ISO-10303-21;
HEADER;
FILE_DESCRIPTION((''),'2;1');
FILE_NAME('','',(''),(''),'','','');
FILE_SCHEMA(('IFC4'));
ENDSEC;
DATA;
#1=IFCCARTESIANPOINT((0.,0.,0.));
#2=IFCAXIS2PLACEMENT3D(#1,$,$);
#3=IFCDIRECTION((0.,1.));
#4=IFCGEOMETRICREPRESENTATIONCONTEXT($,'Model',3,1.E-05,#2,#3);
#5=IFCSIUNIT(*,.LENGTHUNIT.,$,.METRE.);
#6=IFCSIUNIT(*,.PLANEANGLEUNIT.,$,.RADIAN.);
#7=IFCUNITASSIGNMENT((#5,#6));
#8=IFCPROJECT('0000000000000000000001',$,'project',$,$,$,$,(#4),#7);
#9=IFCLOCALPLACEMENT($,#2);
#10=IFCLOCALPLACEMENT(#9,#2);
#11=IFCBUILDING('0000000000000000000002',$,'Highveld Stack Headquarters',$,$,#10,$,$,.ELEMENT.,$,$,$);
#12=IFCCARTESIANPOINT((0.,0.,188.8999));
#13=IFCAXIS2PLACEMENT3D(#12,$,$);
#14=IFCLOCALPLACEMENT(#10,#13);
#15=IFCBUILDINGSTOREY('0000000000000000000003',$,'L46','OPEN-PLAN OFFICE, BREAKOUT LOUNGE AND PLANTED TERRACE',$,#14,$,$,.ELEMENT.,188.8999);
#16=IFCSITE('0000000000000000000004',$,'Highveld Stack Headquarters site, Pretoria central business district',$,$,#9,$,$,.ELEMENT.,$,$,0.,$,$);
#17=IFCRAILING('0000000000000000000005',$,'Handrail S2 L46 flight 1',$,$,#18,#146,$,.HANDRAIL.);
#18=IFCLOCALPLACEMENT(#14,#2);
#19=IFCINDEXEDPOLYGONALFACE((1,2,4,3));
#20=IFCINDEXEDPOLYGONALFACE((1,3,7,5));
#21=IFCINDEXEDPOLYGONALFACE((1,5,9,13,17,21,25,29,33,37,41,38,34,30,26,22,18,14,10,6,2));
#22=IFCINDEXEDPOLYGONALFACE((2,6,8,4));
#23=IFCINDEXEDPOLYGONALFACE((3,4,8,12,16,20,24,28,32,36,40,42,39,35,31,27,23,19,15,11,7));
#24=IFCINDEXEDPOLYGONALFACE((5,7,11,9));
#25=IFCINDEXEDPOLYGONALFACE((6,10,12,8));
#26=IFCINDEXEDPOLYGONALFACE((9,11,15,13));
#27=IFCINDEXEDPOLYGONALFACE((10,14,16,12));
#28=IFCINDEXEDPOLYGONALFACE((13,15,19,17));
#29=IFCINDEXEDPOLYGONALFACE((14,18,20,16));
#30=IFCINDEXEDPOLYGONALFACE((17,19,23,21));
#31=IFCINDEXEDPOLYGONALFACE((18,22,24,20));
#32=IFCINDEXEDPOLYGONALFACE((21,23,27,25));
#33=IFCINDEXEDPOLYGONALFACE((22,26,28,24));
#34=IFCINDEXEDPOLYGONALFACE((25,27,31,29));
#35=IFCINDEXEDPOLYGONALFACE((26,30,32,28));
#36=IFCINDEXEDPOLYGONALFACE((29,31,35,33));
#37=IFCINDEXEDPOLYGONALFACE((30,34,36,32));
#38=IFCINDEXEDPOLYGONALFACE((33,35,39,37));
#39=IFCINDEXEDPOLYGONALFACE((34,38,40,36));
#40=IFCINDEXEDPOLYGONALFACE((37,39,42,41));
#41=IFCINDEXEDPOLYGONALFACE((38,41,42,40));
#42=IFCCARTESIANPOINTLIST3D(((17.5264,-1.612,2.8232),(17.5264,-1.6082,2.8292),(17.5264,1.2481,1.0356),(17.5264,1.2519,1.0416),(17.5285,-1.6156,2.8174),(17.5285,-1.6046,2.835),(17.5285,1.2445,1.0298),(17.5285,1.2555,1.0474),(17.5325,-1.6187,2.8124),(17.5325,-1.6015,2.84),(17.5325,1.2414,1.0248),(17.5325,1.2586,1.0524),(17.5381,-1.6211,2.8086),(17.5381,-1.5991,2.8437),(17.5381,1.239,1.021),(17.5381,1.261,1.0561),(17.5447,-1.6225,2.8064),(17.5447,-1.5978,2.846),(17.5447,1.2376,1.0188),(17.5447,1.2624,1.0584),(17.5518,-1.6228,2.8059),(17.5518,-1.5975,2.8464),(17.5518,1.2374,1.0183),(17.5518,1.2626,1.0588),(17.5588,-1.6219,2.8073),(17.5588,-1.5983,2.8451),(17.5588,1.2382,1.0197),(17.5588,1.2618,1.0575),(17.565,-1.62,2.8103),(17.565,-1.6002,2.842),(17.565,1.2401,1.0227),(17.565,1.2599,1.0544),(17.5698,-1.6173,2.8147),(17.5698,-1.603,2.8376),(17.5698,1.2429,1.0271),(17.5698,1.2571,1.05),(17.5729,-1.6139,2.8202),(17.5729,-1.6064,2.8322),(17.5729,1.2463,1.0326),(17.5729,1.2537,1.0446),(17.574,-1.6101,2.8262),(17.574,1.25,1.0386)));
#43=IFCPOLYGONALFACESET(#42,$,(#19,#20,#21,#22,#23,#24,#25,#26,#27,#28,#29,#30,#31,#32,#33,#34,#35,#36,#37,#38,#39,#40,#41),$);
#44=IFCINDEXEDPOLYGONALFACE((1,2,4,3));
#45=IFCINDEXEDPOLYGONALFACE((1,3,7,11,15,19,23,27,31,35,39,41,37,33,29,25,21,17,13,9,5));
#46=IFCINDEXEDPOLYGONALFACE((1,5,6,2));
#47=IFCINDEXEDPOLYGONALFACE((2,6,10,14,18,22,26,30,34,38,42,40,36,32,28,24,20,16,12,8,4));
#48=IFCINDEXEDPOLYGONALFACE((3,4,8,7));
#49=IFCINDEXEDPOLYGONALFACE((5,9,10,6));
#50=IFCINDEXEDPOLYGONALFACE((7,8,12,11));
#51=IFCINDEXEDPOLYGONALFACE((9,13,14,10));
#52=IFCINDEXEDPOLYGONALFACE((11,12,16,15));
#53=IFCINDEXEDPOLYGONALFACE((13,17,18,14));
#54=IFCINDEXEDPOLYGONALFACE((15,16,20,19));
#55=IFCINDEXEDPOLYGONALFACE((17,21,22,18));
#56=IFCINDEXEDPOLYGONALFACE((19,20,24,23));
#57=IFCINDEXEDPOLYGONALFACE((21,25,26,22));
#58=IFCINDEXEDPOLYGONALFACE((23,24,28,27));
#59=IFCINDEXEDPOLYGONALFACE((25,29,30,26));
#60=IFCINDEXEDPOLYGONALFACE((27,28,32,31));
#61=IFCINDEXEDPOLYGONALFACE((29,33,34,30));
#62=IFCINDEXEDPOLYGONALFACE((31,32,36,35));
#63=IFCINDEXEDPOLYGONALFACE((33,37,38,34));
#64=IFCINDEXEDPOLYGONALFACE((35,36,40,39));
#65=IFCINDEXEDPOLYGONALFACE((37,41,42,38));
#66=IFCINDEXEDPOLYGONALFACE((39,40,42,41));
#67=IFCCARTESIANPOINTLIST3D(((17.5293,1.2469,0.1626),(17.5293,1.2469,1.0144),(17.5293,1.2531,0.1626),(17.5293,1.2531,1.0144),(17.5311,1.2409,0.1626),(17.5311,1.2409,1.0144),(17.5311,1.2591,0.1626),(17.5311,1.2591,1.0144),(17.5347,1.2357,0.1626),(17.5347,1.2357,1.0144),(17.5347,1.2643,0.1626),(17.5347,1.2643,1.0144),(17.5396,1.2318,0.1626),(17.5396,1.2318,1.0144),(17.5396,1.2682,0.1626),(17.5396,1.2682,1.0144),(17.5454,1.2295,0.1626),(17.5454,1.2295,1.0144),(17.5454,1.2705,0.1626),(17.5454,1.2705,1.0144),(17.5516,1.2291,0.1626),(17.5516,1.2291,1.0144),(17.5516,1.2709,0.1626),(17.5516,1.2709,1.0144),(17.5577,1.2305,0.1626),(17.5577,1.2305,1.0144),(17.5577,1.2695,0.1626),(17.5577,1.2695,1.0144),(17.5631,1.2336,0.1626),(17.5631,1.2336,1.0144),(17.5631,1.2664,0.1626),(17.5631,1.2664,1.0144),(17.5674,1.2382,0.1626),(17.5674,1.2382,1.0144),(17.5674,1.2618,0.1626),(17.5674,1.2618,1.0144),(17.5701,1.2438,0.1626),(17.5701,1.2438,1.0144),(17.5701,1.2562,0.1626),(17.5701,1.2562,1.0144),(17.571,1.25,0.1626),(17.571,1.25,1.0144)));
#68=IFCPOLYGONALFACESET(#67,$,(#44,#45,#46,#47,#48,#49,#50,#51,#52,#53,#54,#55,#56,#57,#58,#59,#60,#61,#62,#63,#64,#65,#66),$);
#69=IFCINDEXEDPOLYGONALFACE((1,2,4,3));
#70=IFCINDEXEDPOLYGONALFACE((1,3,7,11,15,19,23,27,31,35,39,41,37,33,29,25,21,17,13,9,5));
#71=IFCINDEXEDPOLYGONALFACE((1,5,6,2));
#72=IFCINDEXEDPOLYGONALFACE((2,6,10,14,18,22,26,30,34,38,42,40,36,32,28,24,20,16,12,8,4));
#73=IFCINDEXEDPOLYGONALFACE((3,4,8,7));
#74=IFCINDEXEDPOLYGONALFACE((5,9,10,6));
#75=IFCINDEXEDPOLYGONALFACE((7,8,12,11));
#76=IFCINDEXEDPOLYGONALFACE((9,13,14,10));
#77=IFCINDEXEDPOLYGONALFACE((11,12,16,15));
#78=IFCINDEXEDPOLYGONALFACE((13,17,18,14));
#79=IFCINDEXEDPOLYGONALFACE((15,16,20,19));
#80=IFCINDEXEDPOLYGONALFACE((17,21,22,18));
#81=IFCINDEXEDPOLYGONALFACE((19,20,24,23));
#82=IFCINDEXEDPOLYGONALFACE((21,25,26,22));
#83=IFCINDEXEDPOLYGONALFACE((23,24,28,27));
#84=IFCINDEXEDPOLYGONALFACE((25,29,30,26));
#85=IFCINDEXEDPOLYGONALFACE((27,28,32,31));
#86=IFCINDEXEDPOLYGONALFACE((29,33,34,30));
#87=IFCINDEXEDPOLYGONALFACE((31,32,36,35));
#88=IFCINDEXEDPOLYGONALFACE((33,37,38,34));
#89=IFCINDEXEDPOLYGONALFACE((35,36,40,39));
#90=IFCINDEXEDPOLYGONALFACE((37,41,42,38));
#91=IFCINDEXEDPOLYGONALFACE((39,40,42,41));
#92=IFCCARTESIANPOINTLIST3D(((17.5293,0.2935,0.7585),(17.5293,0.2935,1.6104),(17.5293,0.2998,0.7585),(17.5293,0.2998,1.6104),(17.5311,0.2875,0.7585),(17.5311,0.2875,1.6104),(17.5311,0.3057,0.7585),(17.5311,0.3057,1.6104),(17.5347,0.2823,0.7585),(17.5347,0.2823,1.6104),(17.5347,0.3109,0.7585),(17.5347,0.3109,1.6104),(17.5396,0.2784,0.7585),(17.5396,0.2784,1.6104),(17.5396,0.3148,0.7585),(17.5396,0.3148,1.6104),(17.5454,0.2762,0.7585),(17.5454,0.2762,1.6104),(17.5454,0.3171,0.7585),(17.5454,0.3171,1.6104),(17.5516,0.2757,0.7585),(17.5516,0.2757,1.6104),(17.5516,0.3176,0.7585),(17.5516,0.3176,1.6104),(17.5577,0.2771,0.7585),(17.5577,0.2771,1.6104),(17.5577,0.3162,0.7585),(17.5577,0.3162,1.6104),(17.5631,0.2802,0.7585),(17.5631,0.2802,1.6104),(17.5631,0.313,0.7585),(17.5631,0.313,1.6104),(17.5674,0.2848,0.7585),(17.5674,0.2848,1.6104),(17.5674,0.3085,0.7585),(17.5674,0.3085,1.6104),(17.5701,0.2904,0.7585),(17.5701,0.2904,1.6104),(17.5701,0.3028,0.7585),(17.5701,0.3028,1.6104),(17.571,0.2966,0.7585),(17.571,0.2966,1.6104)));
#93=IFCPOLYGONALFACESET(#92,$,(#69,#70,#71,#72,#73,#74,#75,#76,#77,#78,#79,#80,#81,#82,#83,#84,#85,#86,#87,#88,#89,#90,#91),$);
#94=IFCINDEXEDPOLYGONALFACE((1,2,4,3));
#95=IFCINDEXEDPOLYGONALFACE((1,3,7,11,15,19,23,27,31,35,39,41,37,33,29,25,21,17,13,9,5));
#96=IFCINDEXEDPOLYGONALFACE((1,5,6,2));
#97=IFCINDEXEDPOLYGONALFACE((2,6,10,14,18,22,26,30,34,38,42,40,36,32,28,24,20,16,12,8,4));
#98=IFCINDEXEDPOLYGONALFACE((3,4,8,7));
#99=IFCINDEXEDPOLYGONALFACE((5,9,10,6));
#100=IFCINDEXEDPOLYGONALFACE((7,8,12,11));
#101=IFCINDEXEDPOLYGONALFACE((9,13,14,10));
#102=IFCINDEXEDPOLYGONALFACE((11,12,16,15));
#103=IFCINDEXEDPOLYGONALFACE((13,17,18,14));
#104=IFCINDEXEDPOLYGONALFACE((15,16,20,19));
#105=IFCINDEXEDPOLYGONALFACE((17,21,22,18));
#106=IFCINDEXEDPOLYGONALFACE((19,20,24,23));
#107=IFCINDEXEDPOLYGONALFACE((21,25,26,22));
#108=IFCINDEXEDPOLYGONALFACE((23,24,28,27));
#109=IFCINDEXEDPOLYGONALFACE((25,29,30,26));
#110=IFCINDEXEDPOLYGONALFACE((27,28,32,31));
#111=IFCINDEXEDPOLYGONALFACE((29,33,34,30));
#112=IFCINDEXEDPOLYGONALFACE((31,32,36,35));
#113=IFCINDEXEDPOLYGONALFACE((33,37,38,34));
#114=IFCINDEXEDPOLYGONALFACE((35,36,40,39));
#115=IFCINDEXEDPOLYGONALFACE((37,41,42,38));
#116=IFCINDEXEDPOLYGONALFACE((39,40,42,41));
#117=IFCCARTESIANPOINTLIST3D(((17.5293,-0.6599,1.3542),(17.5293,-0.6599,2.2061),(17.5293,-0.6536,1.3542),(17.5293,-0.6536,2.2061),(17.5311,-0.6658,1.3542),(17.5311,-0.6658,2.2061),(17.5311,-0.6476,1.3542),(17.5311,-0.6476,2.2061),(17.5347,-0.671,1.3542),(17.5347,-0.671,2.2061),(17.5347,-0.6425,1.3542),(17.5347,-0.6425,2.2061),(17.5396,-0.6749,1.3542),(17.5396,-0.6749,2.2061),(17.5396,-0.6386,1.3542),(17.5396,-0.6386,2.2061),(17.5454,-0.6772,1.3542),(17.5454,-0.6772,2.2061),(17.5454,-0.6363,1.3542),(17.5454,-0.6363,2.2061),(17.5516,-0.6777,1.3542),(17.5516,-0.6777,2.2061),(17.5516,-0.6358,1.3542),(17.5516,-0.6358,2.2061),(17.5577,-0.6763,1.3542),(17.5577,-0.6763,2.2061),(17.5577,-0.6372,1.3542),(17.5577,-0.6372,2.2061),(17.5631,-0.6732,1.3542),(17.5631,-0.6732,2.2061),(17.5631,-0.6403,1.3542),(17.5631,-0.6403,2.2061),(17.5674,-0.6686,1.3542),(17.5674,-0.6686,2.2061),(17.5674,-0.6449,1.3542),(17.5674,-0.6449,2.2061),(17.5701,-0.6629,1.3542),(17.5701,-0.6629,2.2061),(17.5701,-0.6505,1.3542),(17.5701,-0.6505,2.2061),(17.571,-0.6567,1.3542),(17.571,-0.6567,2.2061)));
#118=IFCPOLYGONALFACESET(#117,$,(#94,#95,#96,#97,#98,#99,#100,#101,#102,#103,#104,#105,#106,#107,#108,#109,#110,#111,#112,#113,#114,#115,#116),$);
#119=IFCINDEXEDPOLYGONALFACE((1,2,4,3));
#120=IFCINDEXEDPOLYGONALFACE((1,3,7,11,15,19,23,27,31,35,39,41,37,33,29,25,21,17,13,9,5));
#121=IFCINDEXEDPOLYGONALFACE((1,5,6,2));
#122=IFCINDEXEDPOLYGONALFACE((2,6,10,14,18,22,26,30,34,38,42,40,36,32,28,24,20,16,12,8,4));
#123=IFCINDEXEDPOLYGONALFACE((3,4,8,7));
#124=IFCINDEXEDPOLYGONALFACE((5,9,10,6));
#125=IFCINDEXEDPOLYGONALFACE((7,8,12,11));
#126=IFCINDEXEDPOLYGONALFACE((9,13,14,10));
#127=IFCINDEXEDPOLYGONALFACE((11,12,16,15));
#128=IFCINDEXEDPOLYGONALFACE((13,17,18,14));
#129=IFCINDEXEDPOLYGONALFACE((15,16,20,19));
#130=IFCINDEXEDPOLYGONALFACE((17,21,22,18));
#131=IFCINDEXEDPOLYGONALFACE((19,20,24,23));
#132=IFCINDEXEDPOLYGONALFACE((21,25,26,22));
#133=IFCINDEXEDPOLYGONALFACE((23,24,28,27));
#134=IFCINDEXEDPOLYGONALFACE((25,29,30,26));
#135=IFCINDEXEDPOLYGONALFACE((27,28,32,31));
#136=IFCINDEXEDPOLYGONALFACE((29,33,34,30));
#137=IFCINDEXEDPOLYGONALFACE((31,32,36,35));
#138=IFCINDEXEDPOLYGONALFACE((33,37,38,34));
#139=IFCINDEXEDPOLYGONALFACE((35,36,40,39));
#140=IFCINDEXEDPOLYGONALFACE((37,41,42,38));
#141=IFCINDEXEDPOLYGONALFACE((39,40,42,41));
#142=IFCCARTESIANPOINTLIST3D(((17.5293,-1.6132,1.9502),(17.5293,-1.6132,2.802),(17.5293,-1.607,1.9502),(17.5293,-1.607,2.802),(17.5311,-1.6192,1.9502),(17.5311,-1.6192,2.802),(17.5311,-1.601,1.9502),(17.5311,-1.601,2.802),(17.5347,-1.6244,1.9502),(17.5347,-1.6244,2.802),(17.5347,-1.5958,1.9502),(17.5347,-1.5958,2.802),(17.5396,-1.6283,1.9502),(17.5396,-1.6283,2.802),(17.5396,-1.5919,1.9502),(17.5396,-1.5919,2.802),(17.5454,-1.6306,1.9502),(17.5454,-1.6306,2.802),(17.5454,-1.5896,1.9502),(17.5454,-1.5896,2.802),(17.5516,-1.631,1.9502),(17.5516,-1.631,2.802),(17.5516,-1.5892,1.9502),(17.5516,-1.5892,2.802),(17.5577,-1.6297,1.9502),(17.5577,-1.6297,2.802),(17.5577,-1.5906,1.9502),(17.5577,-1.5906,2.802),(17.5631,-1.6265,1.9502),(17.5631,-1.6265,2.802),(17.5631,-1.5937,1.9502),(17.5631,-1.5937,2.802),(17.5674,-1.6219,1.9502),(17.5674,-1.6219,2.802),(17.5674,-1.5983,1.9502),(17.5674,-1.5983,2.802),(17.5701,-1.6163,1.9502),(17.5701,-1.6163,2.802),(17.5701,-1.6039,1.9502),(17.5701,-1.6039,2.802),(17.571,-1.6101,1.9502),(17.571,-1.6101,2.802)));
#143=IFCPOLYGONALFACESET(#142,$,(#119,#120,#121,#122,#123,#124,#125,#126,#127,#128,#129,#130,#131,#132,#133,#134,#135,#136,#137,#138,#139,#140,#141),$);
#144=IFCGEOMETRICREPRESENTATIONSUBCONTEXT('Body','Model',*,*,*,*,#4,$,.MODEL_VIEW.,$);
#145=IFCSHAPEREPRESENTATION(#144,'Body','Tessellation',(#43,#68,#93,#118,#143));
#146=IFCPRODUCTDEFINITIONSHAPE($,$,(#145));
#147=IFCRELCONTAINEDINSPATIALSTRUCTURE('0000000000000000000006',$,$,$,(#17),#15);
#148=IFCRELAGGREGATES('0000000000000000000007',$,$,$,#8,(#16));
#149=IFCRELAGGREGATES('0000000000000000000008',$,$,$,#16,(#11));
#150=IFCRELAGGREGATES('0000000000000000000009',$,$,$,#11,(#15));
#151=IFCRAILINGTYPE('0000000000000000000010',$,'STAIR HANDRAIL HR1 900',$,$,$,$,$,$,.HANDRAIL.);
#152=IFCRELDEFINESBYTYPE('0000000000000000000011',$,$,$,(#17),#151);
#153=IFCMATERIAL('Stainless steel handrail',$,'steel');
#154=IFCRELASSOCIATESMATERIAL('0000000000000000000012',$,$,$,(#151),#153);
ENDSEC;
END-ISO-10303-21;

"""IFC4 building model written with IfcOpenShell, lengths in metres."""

from ifc_helpers import new_model, si_unit, direction, frame, origin, origin_2d, place, context, subcontext, project, spatial, circle, extrude, material, type_object, element, save


model = new_model("IFC4")

# Units and contexts
model_context = context("Model", 3, precision=1e-05, world=origin(), true_north=direction((0.0, 1.0)))
body_context = subcontext(model_context, "Body", "Model", "MODEL_VIEW")
ifc_project = project(units=[si_unit("LENGTHUNIT", "METRE"), si_unit("PLANEANGLEUNIT", "RADIAN")], contexts=[model_context])

# Site, building, storey
site_placement = place(None, origin())
site = spatial("IfcSite", under=ifc_project, at=site_placement, Name="Highveld Stack Headquarters site, Pretoria central business district", CompositionType="ELEMENT", RefElevation=0.0)
building_placement = place(site_placement, origin())
building = spatial("IfcBuilding", under=site, at=building_placement, Name="Highveld Stack Headquarters", CompositionType="ELEMENT")
storey_placement = place(building_placement, frame((0.0, 0.0, 188.8999)))
storey = spatial("IfcBuildingStorey", under=building, at=storey_placement, Name="L46", Description="OPEN-PLAN OFFICE, BREAKOUT LOUNGE AND PLANTED TERRACE", CompositionType="ELEMENT", Elevation=188.8999)

# Railing
ifc_material_1 = material(Name="Stainless steel handrail", Category="steel")
railing_type = type_object("IfcRailingType", Name="STAIR HANDRAIL HR1 900", PredefinedType="HANDRAIL", material=ifc_material_1)
for number, where, name in (
    (1, (17.55, 1.25, 0.1626), "Handrail S2 L46 flight 1"),
):
    element("IfcRailing", number, at=place(storey_placement, frame(where)), inside=storey, type_object=railing_type, Name=name, PredefinedType="HANDRAIL", context=body_context, shape_type="SweptSolid", body=[
        extrude(circle(Radius=0.0239, at=origin_2d()), frame((0.0, 0.0, 0.876), z_axis=(0.0, -0.847994, 0.530005), x_axis=(1.0, 0.0, 0.0)), (0.0, 0.0, 1.0), 3.3728),
        extrude(circle(Radius=0.021, at=origin_2d()), origin(), (0.0, 0.0, 1.0), 0.8518),
        extrude(circle(Radius=0.021, at=origin_2d()), frame((0.0, -0.9534, 0.5959)), (0.0, 0.0, 1.0), 0.8518),
        extrude(circle(Radius=0.021, at=origin_2d()), frame((0.0, -1.9067, 1.1917)), (0.0, 0.0, 1.0), 0.8518),
        extrude(circle(Radius=0.021, at=origin_2d()), frame((0.0, -2.8601, 1.7876)), (0.0, 0.0, 1.0), 0.8518),
    ])

save(model, "model.ifc")
